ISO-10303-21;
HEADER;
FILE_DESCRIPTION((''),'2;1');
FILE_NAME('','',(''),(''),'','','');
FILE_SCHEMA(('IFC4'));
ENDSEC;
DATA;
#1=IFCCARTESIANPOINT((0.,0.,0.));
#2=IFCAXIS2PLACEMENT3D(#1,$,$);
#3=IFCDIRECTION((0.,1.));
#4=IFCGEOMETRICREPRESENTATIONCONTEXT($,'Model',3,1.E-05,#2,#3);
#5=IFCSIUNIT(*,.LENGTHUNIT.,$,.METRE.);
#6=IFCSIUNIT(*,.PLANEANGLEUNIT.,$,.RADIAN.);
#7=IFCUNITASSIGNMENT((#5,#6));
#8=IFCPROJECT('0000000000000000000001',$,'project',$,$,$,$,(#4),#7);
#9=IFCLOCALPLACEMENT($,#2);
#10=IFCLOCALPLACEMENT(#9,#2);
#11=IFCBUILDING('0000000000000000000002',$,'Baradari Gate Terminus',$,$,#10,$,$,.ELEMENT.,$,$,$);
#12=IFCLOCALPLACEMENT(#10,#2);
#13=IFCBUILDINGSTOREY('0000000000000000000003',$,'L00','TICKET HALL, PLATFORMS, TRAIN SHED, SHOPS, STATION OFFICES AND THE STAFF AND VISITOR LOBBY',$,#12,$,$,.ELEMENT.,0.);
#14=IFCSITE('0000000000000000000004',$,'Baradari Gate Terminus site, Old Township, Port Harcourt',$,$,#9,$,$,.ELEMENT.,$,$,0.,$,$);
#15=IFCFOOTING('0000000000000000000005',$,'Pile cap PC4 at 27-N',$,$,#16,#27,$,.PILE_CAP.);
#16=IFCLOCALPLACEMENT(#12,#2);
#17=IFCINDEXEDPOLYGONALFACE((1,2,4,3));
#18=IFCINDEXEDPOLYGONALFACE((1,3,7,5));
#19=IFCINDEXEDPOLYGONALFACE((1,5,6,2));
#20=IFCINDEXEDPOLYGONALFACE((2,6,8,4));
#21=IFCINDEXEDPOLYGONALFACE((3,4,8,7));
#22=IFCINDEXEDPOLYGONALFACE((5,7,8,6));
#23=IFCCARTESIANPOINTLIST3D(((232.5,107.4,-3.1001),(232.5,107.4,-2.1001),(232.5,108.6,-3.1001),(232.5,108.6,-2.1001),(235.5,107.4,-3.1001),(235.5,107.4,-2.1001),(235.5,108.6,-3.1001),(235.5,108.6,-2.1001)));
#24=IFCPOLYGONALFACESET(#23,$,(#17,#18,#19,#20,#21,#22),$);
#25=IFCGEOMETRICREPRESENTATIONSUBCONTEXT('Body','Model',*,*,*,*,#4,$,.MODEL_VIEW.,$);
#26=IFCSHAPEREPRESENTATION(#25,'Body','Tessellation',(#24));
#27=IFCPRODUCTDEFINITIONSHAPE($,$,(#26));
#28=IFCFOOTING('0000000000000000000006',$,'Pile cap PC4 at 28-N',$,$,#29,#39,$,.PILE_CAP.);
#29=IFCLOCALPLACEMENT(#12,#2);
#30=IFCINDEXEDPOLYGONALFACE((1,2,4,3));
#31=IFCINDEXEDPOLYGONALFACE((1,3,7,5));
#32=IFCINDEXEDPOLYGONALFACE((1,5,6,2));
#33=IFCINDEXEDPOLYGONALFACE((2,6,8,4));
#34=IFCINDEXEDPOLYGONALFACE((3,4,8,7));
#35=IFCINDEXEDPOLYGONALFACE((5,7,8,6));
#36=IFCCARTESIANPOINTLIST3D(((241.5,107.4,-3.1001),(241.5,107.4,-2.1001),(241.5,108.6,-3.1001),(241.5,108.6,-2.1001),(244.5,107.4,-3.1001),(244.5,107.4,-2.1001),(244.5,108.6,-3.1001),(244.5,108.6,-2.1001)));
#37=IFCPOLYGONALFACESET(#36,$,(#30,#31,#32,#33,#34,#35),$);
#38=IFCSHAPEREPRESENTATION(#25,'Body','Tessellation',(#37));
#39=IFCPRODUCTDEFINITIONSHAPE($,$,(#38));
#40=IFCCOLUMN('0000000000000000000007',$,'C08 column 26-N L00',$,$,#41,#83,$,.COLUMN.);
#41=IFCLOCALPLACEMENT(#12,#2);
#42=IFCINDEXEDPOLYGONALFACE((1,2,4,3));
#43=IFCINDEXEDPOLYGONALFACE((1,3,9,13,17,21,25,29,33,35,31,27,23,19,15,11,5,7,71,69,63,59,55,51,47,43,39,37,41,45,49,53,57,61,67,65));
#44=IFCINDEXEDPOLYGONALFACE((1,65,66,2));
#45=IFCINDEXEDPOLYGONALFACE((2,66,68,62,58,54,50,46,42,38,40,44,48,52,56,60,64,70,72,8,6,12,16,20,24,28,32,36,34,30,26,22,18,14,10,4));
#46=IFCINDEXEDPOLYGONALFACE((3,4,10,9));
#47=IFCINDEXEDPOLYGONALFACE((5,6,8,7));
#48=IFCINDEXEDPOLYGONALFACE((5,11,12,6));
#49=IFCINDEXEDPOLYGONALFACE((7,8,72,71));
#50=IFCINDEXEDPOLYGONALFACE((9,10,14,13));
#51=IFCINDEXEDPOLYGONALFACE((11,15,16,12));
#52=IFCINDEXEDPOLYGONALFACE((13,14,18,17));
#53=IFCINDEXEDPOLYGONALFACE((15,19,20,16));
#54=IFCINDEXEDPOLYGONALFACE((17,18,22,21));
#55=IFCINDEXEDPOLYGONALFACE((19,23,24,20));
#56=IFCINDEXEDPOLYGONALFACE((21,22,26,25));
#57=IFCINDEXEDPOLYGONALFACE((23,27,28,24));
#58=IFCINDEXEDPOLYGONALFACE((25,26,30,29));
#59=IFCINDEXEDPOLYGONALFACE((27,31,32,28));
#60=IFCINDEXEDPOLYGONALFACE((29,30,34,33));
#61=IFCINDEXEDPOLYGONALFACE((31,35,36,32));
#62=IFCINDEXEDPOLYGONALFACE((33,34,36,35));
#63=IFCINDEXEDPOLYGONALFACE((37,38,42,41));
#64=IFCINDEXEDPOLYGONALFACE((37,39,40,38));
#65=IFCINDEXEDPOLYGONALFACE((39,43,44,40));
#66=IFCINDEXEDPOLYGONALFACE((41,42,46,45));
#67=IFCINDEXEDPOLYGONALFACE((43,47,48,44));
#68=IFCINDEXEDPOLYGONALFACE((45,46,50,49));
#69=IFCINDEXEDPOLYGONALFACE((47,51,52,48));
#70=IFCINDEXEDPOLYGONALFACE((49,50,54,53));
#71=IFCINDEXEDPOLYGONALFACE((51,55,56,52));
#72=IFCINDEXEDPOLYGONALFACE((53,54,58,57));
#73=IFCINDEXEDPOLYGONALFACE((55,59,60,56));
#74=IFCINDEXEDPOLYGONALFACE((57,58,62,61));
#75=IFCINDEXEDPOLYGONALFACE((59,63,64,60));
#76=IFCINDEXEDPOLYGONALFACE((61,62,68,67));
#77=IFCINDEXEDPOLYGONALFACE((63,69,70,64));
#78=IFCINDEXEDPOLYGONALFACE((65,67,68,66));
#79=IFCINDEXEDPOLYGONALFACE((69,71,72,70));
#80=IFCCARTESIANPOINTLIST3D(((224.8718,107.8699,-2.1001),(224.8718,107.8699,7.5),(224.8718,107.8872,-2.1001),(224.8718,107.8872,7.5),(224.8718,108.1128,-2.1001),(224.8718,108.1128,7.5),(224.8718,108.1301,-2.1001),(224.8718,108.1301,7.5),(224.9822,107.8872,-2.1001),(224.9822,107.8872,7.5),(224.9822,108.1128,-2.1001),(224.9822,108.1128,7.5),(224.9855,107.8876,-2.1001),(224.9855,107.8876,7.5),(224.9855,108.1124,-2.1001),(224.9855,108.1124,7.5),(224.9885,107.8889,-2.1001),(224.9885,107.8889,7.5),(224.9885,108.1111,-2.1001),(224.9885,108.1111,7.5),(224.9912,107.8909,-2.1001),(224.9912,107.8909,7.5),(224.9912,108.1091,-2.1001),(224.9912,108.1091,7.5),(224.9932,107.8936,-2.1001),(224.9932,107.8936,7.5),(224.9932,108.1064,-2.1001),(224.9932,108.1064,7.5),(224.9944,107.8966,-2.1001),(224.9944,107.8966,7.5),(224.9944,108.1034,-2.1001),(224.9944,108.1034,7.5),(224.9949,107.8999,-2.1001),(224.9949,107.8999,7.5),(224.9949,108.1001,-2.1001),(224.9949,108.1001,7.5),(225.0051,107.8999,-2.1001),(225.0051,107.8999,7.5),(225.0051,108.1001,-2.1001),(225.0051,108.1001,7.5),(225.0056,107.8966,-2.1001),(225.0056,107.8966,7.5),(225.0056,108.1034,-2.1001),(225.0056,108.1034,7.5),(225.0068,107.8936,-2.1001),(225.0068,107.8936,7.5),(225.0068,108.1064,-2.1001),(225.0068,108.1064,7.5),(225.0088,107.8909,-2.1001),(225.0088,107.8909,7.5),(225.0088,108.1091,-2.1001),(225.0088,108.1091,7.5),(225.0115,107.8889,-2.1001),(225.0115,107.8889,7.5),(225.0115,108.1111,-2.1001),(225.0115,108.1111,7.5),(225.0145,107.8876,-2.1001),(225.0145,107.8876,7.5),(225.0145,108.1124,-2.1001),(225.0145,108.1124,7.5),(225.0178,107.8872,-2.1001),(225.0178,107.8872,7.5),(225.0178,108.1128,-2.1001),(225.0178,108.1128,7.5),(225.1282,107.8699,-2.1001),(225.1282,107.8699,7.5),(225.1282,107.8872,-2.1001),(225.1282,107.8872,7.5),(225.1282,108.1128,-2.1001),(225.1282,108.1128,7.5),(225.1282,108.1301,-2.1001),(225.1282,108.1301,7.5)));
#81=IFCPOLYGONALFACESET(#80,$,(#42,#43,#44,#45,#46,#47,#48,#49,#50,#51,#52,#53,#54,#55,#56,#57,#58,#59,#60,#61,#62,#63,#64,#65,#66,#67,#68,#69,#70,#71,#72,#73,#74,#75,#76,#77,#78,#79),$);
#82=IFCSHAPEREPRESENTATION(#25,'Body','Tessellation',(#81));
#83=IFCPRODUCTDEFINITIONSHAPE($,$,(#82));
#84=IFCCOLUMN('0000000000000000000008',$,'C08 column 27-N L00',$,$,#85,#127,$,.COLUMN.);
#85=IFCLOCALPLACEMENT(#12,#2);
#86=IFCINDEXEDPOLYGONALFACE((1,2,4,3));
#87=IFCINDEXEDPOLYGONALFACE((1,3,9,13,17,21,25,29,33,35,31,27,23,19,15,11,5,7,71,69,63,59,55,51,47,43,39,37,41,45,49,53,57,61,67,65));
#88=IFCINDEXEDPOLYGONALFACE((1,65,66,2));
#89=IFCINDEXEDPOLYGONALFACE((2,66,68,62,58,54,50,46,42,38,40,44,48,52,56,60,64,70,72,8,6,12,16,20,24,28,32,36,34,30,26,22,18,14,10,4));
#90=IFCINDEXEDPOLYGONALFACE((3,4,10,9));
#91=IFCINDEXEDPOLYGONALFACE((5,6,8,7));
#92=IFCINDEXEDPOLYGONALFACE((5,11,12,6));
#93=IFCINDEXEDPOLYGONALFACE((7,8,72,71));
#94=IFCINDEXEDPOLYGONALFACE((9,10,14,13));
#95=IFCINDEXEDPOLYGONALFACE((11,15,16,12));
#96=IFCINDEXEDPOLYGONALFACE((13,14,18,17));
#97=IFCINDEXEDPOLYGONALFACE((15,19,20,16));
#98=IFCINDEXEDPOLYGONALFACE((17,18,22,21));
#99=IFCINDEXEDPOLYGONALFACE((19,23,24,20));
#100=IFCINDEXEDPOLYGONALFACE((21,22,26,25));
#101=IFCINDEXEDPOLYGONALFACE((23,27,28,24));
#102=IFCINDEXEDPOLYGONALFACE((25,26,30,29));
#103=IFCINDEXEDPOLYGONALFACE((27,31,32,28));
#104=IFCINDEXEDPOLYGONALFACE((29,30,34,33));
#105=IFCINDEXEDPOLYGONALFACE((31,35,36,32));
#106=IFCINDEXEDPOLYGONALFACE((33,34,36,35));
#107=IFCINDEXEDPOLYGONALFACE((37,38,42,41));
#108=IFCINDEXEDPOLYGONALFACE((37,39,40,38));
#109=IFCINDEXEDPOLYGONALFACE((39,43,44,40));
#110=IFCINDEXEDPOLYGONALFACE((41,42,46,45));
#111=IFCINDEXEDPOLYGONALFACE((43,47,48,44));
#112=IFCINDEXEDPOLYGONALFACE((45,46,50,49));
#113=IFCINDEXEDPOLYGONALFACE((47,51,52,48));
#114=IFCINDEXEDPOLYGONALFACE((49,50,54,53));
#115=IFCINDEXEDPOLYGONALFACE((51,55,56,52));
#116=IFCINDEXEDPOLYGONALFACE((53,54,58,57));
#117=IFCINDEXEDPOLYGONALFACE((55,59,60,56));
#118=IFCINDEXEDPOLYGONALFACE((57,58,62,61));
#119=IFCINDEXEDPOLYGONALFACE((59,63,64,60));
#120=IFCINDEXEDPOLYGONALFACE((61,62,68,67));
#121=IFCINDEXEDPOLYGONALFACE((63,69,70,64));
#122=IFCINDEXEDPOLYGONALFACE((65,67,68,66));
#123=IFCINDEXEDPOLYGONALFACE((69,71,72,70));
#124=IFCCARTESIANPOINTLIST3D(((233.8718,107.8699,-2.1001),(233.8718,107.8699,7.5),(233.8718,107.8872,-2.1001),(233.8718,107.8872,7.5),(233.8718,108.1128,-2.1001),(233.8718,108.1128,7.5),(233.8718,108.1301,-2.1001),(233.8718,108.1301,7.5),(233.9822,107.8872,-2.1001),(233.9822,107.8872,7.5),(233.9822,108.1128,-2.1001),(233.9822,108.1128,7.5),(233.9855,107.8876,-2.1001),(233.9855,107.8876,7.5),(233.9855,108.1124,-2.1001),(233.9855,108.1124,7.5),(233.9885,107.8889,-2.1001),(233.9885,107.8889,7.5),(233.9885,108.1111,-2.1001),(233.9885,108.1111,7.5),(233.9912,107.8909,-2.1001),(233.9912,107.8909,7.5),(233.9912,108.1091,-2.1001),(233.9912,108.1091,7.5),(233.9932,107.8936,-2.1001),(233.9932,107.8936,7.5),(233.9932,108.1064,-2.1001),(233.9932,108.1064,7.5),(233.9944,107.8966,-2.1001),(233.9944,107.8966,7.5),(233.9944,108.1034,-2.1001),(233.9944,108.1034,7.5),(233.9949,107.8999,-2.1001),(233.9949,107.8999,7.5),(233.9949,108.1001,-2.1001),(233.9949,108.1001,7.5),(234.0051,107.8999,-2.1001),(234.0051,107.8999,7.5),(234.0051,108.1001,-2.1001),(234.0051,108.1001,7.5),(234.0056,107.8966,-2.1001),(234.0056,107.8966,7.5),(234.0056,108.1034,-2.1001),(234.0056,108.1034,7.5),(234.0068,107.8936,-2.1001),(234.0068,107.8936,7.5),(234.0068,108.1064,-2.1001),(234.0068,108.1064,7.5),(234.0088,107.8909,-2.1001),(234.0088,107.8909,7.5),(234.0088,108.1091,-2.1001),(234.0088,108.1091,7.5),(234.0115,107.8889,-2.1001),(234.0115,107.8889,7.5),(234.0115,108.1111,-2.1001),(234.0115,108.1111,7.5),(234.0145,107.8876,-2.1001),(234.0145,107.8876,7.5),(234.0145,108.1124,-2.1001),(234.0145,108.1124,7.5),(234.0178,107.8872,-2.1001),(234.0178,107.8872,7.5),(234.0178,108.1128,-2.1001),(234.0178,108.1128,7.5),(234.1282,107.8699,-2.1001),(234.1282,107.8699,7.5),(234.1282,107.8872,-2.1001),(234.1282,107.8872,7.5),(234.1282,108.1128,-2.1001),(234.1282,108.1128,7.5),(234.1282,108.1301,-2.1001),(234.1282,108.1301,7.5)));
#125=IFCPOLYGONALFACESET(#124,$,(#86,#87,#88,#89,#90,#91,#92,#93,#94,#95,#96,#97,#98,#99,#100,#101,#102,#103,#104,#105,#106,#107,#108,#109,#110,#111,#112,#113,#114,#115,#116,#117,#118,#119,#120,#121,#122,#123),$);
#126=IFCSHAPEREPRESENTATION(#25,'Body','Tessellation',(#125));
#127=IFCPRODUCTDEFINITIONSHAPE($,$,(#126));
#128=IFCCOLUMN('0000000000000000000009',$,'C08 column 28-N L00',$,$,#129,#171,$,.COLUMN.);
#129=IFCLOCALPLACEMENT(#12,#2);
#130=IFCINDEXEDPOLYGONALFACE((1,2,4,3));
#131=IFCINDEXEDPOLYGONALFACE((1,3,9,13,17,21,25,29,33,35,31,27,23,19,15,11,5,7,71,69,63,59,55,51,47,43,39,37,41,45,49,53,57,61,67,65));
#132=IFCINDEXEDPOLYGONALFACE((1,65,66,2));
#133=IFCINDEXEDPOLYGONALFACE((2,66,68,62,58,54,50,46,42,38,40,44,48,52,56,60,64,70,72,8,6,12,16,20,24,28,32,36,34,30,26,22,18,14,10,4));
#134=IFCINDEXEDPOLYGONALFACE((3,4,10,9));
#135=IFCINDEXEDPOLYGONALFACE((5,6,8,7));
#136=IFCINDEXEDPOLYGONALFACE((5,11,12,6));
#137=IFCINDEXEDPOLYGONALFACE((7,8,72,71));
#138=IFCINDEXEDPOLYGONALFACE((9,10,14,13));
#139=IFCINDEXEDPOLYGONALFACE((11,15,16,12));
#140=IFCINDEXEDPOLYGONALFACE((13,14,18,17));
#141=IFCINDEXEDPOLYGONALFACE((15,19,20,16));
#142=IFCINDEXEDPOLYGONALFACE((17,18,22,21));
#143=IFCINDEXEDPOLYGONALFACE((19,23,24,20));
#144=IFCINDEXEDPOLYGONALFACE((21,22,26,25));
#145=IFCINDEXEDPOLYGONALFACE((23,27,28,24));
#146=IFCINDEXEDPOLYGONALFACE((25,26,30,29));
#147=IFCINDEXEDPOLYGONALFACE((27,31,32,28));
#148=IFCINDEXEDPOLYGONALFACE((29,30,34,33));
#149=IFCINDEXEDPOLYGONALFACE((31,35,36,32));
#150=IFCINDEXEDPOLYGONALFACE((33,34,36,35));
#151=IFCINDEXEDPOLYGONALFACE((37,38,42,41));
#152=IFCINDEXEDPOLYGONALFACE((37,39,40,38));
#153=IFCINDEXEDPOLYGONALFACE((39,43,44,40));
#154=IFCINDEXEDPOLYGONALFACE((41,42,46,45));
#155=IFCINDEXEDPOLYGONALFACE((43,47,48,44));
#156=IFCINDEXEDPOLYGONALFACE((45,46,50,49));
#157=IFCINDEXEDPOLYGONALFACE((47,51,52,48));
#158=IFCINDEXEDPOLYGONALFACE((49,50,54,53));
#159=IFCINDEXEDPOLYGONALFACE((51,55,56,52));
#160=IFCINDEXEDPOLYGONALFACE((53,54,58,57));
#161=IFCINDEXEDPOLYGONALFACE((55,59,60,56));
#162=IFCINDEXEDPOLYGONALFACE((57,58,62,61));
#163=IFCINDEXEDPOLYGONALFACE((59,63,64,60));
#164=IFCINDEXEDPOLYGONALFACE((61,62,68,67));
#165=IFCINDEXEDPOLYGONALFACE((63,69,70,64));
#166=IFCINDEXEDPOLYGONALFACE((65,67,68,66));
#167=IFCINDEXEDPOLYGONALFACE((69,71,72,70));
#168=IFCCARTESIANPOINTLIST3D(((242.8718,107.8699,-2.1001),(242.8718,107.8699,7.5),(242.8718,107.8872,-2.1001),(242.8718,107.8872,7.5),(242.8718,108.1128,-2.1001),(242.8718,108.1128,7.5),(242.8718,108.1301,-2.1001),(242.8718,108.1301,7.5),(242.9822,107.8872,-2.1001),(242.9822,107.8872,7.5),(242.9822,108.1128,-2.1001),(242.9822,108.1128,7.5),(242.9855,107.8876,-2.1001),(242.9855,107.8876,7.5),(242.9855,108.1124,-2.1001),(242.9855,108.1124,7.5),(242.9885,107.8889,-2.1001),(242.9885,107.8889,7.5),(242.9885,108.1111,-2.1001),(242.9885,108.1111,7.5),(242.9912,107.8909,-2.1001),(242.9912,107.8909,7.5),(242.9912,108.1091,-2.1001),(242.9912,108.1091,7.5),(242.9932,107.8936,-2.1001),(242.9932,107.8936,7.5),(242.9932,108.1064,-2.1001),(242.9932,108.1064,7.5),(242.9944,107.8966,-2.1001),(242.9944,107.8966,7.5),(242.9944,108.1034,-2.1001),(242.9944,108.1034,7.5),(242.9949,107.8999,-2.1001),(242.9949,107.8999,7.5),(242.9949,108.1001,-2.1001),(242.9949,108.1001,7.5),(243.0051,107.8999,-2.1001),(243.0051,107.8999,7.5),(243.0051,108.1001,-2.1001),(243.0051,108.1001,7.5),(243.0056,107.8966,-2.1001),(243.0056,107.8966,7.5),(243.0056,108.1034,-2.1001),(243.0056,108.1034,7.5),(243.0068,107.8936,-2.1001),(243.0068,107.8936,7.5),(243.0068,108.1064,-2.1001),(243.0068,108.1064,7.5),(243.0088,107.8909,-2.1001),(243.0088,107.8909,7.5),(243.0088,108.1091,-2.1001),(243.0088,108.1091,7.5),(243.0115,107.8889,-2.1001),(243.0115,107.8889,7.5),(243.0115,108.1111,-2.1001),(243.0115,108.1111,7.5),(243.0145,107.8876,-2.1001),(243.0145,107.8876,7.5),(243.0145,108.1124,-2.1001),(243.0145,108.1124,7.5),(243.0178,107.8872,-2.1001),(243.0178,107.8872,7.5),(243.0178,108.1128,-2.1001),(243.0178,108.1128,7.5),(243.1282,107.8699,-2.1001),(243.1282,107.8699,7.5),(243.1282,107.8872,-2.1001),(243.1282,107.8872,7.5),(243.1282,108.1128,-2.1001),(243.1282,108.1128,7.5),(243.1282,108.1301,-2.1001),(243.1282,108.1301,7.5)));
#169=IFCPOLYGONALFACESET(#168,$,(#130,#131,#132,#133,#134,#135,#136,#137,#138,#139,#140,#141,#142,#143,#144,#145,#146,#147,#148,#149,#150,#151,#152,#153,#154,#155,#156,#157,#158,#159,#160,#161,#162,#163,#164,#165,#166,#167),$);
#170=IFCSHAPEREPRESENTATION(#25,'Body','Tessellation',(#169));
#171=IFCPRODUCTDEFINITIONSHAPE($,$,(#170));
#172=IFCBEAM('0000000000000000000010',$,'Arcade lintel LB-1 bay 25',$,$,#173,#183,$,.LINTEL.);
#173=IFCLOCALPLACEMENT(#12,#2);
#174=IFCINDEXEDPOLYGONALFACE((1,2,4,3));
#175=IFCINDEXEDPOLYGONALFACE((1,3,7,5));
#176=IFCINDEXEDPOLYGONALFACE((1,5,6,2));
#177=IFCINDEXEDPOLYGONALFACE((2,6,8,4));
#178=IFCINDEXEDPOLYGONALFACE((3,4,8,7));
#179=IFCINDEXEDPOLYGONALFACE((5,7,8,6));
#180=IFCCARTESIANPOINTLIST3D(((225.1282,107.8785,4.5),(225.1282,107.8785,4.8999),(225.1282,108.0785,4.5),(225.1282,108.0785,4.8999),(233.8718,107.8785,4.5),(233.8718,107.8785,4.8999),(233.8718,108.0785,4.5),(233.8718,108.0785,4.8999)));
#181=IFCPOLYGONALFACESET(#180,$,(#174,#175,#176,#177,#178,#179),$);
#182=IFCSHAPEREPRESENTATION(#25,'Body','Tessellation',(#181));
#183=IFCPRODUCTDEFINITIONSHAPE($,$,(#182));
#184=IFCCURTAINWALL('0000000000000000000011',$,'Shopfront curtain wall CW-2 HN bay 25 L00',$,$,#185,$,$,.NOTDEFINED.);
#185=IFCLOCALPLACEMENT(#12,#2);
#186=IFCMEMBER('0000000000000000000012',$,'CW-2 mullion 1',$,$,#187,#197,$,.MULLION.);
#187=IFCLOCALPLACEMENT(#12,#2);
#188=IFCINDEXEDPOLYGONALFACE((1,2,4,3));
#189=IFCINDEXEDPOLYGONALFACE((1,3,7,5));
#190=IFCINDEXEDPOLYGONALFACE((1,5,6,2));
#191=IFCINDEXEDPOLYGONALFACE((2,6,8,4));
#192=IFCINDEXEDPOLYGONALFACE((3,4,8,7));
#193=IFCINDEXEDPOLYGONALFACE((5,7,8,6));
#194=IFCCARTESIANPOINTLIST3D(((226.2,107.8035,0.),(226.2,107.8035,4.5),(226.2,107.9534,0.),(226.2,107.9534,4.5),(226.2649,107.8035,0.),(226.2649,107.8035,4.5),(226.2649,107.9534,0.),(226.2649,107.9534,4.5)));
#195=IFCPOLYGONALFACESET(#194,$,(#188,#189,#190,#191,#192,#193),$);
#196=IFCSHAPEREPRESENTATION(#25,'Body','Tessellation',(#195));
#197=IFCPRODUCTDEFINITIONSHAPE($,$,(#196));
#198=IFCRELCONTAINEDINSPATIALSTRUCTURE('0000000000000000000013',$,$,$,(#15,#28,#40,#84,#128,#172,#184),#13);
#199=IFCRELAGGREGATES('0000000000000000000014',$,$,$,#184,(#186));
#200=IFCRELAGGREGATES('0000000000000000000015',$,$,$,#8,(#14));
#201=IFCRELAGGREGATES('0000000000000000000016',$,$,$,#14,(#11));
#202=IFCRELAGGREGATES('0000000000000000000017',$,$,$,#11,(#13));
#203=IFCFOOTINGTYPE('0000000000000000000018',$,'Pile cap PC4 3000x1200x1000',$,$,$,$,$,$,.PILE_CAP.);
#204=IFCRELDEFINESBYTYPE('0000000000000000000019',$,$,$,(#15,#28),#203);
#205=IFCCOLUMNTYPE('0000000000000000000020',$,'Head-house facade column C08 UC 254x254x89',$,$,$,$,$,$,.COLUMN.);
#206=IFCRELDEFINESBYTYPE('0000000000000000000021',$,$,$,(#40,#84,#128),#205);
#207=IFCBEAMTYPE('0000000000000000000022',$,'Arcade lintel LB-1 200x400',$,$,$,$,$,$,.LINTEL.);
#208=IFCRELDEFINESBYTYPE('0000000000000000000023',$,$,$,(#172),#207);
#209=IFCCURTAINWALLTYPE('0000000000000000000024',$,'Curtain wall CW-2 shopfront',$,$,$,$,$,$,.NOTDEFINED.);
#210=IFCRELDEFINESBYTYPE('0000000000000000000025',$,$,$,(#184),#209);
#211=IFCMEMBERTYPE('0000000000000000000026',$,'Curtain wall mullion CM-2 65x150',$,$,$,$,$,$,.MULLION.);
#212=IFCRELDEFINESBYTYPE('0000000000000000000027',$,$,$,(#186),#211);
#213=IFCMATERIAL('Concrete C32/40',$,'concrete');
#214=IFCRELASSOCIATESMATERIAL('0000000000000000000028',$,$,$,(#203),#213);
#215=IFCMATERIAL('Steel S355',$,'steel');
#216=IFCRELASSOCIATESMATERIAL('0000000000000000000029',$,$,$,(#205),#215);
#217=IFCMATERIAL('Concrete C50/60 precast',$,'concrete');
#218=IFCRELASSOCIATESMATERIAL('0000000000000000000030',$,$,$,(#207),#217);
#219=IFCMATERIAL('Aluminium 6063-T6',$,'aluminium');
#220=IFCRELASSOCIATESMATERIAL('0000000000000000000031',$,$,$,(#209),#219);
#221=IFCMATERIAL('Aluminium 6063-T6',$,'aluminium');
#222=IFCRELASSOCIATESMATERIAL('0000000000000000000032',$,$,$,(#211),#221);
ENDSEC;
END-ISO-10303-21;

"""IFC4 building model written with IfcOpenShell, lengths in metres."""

from ifc_helpers import new_model, si_unit, direction, frame, origin, origin_2d, place, context, subcontext, project, spatial, rectangle, i_section, extrude, material, material_profile, profile_set, type_object, element, aggregate, save


model = new_model("IFC4")

# Units and contexts
model_context = context("Model", 3, precision=1e-05, world=origin(), true_north=direction((0.0, 1.0)))
body_context = subcontext(model_context, "Body", "Model", "MODEL_VIEW")
ifc_project = project(units=[si_unit("LENGTHUNIT", "METRE"), si_unit("PLANEANGLEUNIT", "RADIAN")], contexts=[model_context])

# Site, building, storey
site_placement = place(None, origin())
site = spatial("IfcSite", under=ifc_project, at=site_placement, Name="Baradari Gate Terminus site, Old Township, Port Harcourt", CompositionType="ELEMENT", RefElevation=0.0)
building_placement = place(site_placement, origin())
building = spatial("IfcBuilding", under=site, at=building_placement, Name="Baradari Gate Terminus", CompositionType="ELEMENT")
storey_placement = place(building_placement, origin())
storey = spatial("IfcBuildingStorey", under=building, at=storey_placement, Name="L00", Description="TICKET HALL, PLATFORMS, TRAIN SHED, SHOPS, STATION OFFICES AND THE STAFF AND VISITOR LOBBY", CompositionType="ELEMENT", Elevation=0.0)

# Footings
ifc_material_1 = material(Name="Concrete C32/40", Category="concrete")
footing_type_1 = type_object("IfcFootingType", Name="Pile cap PC4 3000x1200x1000", PredefinedType="PILE_CAP", material=ifc_material_1)
for number, where, z_axis, x_axis, name in (
    (1, (234.0, 108.0, -3.1001), (0.0, 0.0, 1.0), (1.0, 0.0, 0.0), "Pile cap PC4 at 27-N"),
    (2, (243.0, 108.0, -3.1001), (0.0, 0.0, 1.0), (1.0, 0.0, 0.0), "Pile cap PC4 at 28-N"),
):
    element("IfcFooting", number, at=place(storey_placement, frame(where, z_axis=z_axis, x_axis=x_axis)), inside=storey, type_object=footing_type_1, Name=name, PredefinedType="PILE_CAP", context=body_context, shape_type="SweptSolid", body=[
        extrude(rectangle(XDim=3.0, YDim=1.2, at=origin_2d()), origin(), (0.0, 0.0, 1.0), 1.0),
    ])

# Columns
ifc_material_2 = material(Name="Steel S355", Category="steel")
ifc_material_profile_1 = material_profile(ifc_material_2, i_section(OverallWidth=0.2563, OverallDepth=0.2603, WebThickness=0.0103, FlangeThickness=0.0173, FilletRadius=0.0127, at=origin_2d()), Name="UC 254x254x89")
ifc_profile_set_1 = profile_set([ifc_material_profile_1], Name="Steel S355")
column_type = type_object("IfcColumnType", Name="Head-house facade column C08 UC 254x254x89", PredefinedType="COLUMN", material=ifc_profile_set_1)
for number, where, z_axis, x_axis, name in (
    (3, (225.0, 108.0, -2.1001), (0.0, 0.0, 1.0), (1.0, 0.0, 0.0), "C08 column 26-N L00"),
    (4, (234.0, 108.0, -2.1001), (0.0, 0.0, 1.0), (1.0, 0.0, 0.0), "C08 column 27-N L00"),
    (5, (243.0, 108.0, -2.1001), (0.0, 0.0, 1.0), (1.0, 0.0, 0.0), "C08 column 28-N L00"),
):
    element("IfcColumn", number, at=place(storey_placement, frame(where, z_axis=z_axis, x_axis=x_axis)), inside=storey, type_object=column_type, Name=name, PredefinedType="COLUMN", context=body_context, shape_type="SweptSolid", body=[
        extrude(i_section(OverallWidth=0.2563, OverallDepth=0.2603, WebThickness=0.0103, FlangeThickness=0.0173, FilletRadius=0.0127, at=origin_2d()), origin(), (0.0, 0.0, 1.0), 9.6001),
    ])

# Beam
ifc_material_3 = material(Name="Concrete C50/60 precast", Category="concrete")
ifc_material_profile_2 = material_profile(ifc_material_3, rectangle(XDim=0.2, YDim=0.3999, at=origin_2d()), Name="LB-1 200X400")
ifc_profile_set_2 = profile_set([ifc_material_profile_2], Name="Concrete C50/60 precast")
beam_type = type_object("IfcBeamType", Name="Arcade lintel LB-1 200x400", PredefinedType="LINTEL", material=ifc_profile_set_2)
beam_placement = place(storey_placement, frame((225.1282, 107.9785, 4.7), z_axis=(1.0, 0.0, 0.0), x_axis=(0.0, 1.0, 0.0)))
element("IfcBeam", 6, at=beam_placement, inside=storey, type_object=beam_type, Name="Arcade lintel LB-1 bay 25", PredefinedType="LINTEL", context=body_context, shape_type="SweptSolid", body=[
    extrude(rectangle(XDim=0.2, YDim=0.3999, at=origin_2d()), origin(), (0.0, 0.0, 1.0), 8.7437),
])

# Curtain wall, member
ifc_material_4 = material(Name="Aluminium 6063-T6", Category="aluminium")
curtain_wall_type = type_object("IfcCurtainWallType", Name="Curtain wall CW-2 shopfront", PredefinedType="NOTDEFINED", material=ifc_material_4)
curtain_wall_1_placement = place(storey_placement, origin())
curtain_wall_1 = element("IfcCurtainWall", 7, at=curtain_wall_1_placement, inside=storey, type_object=curtain_wall_type, Name="Shopfront curtain wall CW-2 HN bay 25 L00", PredefinedType="NOTDEFINED")
ifc_material_5 = material(Name="Aluminium 6063-T6", Category="aluminium")
ifc_material_profile_3 = material_profile(ifc_material_5, rectangle(XDim=0.1499, YDim=0.0649, at=origin_2d()), Name="CM-2 65X150")
ifc_profile_set_3 = profile_set([ifc_material_profile_3], Name="Aluminium 6063-T6")
member_type_1 = type_object("IfcMemberType", Name="Curtain wall mullion CM-2 65x150", PredefinedType="MULLION", material=ifc_profile_set_3)
member_1_placement = place(storey_placement, frame((226.2324, 107.8784, 0.0), z_axis=(0.0, 0.0, 1.0), x_axis=(0.0, 1.0, 0.0)))
member_1 = element("IfcMember", 8, at=member_1_placement, type_object=member_type_1, Name="CW-2 mullion 1", PredefinedType="MULLION", context=body_context, shape_type="SweptSolid", body=[
    extrude(rectangle(XDim=0.1499, YDim=0.0649, at=origin_2d()), origin(), (0.0, 0.0, 1.0), 4.5),
])

aggregate(curtain_wall_1, [member_1])

save(model, "model.ifc")
